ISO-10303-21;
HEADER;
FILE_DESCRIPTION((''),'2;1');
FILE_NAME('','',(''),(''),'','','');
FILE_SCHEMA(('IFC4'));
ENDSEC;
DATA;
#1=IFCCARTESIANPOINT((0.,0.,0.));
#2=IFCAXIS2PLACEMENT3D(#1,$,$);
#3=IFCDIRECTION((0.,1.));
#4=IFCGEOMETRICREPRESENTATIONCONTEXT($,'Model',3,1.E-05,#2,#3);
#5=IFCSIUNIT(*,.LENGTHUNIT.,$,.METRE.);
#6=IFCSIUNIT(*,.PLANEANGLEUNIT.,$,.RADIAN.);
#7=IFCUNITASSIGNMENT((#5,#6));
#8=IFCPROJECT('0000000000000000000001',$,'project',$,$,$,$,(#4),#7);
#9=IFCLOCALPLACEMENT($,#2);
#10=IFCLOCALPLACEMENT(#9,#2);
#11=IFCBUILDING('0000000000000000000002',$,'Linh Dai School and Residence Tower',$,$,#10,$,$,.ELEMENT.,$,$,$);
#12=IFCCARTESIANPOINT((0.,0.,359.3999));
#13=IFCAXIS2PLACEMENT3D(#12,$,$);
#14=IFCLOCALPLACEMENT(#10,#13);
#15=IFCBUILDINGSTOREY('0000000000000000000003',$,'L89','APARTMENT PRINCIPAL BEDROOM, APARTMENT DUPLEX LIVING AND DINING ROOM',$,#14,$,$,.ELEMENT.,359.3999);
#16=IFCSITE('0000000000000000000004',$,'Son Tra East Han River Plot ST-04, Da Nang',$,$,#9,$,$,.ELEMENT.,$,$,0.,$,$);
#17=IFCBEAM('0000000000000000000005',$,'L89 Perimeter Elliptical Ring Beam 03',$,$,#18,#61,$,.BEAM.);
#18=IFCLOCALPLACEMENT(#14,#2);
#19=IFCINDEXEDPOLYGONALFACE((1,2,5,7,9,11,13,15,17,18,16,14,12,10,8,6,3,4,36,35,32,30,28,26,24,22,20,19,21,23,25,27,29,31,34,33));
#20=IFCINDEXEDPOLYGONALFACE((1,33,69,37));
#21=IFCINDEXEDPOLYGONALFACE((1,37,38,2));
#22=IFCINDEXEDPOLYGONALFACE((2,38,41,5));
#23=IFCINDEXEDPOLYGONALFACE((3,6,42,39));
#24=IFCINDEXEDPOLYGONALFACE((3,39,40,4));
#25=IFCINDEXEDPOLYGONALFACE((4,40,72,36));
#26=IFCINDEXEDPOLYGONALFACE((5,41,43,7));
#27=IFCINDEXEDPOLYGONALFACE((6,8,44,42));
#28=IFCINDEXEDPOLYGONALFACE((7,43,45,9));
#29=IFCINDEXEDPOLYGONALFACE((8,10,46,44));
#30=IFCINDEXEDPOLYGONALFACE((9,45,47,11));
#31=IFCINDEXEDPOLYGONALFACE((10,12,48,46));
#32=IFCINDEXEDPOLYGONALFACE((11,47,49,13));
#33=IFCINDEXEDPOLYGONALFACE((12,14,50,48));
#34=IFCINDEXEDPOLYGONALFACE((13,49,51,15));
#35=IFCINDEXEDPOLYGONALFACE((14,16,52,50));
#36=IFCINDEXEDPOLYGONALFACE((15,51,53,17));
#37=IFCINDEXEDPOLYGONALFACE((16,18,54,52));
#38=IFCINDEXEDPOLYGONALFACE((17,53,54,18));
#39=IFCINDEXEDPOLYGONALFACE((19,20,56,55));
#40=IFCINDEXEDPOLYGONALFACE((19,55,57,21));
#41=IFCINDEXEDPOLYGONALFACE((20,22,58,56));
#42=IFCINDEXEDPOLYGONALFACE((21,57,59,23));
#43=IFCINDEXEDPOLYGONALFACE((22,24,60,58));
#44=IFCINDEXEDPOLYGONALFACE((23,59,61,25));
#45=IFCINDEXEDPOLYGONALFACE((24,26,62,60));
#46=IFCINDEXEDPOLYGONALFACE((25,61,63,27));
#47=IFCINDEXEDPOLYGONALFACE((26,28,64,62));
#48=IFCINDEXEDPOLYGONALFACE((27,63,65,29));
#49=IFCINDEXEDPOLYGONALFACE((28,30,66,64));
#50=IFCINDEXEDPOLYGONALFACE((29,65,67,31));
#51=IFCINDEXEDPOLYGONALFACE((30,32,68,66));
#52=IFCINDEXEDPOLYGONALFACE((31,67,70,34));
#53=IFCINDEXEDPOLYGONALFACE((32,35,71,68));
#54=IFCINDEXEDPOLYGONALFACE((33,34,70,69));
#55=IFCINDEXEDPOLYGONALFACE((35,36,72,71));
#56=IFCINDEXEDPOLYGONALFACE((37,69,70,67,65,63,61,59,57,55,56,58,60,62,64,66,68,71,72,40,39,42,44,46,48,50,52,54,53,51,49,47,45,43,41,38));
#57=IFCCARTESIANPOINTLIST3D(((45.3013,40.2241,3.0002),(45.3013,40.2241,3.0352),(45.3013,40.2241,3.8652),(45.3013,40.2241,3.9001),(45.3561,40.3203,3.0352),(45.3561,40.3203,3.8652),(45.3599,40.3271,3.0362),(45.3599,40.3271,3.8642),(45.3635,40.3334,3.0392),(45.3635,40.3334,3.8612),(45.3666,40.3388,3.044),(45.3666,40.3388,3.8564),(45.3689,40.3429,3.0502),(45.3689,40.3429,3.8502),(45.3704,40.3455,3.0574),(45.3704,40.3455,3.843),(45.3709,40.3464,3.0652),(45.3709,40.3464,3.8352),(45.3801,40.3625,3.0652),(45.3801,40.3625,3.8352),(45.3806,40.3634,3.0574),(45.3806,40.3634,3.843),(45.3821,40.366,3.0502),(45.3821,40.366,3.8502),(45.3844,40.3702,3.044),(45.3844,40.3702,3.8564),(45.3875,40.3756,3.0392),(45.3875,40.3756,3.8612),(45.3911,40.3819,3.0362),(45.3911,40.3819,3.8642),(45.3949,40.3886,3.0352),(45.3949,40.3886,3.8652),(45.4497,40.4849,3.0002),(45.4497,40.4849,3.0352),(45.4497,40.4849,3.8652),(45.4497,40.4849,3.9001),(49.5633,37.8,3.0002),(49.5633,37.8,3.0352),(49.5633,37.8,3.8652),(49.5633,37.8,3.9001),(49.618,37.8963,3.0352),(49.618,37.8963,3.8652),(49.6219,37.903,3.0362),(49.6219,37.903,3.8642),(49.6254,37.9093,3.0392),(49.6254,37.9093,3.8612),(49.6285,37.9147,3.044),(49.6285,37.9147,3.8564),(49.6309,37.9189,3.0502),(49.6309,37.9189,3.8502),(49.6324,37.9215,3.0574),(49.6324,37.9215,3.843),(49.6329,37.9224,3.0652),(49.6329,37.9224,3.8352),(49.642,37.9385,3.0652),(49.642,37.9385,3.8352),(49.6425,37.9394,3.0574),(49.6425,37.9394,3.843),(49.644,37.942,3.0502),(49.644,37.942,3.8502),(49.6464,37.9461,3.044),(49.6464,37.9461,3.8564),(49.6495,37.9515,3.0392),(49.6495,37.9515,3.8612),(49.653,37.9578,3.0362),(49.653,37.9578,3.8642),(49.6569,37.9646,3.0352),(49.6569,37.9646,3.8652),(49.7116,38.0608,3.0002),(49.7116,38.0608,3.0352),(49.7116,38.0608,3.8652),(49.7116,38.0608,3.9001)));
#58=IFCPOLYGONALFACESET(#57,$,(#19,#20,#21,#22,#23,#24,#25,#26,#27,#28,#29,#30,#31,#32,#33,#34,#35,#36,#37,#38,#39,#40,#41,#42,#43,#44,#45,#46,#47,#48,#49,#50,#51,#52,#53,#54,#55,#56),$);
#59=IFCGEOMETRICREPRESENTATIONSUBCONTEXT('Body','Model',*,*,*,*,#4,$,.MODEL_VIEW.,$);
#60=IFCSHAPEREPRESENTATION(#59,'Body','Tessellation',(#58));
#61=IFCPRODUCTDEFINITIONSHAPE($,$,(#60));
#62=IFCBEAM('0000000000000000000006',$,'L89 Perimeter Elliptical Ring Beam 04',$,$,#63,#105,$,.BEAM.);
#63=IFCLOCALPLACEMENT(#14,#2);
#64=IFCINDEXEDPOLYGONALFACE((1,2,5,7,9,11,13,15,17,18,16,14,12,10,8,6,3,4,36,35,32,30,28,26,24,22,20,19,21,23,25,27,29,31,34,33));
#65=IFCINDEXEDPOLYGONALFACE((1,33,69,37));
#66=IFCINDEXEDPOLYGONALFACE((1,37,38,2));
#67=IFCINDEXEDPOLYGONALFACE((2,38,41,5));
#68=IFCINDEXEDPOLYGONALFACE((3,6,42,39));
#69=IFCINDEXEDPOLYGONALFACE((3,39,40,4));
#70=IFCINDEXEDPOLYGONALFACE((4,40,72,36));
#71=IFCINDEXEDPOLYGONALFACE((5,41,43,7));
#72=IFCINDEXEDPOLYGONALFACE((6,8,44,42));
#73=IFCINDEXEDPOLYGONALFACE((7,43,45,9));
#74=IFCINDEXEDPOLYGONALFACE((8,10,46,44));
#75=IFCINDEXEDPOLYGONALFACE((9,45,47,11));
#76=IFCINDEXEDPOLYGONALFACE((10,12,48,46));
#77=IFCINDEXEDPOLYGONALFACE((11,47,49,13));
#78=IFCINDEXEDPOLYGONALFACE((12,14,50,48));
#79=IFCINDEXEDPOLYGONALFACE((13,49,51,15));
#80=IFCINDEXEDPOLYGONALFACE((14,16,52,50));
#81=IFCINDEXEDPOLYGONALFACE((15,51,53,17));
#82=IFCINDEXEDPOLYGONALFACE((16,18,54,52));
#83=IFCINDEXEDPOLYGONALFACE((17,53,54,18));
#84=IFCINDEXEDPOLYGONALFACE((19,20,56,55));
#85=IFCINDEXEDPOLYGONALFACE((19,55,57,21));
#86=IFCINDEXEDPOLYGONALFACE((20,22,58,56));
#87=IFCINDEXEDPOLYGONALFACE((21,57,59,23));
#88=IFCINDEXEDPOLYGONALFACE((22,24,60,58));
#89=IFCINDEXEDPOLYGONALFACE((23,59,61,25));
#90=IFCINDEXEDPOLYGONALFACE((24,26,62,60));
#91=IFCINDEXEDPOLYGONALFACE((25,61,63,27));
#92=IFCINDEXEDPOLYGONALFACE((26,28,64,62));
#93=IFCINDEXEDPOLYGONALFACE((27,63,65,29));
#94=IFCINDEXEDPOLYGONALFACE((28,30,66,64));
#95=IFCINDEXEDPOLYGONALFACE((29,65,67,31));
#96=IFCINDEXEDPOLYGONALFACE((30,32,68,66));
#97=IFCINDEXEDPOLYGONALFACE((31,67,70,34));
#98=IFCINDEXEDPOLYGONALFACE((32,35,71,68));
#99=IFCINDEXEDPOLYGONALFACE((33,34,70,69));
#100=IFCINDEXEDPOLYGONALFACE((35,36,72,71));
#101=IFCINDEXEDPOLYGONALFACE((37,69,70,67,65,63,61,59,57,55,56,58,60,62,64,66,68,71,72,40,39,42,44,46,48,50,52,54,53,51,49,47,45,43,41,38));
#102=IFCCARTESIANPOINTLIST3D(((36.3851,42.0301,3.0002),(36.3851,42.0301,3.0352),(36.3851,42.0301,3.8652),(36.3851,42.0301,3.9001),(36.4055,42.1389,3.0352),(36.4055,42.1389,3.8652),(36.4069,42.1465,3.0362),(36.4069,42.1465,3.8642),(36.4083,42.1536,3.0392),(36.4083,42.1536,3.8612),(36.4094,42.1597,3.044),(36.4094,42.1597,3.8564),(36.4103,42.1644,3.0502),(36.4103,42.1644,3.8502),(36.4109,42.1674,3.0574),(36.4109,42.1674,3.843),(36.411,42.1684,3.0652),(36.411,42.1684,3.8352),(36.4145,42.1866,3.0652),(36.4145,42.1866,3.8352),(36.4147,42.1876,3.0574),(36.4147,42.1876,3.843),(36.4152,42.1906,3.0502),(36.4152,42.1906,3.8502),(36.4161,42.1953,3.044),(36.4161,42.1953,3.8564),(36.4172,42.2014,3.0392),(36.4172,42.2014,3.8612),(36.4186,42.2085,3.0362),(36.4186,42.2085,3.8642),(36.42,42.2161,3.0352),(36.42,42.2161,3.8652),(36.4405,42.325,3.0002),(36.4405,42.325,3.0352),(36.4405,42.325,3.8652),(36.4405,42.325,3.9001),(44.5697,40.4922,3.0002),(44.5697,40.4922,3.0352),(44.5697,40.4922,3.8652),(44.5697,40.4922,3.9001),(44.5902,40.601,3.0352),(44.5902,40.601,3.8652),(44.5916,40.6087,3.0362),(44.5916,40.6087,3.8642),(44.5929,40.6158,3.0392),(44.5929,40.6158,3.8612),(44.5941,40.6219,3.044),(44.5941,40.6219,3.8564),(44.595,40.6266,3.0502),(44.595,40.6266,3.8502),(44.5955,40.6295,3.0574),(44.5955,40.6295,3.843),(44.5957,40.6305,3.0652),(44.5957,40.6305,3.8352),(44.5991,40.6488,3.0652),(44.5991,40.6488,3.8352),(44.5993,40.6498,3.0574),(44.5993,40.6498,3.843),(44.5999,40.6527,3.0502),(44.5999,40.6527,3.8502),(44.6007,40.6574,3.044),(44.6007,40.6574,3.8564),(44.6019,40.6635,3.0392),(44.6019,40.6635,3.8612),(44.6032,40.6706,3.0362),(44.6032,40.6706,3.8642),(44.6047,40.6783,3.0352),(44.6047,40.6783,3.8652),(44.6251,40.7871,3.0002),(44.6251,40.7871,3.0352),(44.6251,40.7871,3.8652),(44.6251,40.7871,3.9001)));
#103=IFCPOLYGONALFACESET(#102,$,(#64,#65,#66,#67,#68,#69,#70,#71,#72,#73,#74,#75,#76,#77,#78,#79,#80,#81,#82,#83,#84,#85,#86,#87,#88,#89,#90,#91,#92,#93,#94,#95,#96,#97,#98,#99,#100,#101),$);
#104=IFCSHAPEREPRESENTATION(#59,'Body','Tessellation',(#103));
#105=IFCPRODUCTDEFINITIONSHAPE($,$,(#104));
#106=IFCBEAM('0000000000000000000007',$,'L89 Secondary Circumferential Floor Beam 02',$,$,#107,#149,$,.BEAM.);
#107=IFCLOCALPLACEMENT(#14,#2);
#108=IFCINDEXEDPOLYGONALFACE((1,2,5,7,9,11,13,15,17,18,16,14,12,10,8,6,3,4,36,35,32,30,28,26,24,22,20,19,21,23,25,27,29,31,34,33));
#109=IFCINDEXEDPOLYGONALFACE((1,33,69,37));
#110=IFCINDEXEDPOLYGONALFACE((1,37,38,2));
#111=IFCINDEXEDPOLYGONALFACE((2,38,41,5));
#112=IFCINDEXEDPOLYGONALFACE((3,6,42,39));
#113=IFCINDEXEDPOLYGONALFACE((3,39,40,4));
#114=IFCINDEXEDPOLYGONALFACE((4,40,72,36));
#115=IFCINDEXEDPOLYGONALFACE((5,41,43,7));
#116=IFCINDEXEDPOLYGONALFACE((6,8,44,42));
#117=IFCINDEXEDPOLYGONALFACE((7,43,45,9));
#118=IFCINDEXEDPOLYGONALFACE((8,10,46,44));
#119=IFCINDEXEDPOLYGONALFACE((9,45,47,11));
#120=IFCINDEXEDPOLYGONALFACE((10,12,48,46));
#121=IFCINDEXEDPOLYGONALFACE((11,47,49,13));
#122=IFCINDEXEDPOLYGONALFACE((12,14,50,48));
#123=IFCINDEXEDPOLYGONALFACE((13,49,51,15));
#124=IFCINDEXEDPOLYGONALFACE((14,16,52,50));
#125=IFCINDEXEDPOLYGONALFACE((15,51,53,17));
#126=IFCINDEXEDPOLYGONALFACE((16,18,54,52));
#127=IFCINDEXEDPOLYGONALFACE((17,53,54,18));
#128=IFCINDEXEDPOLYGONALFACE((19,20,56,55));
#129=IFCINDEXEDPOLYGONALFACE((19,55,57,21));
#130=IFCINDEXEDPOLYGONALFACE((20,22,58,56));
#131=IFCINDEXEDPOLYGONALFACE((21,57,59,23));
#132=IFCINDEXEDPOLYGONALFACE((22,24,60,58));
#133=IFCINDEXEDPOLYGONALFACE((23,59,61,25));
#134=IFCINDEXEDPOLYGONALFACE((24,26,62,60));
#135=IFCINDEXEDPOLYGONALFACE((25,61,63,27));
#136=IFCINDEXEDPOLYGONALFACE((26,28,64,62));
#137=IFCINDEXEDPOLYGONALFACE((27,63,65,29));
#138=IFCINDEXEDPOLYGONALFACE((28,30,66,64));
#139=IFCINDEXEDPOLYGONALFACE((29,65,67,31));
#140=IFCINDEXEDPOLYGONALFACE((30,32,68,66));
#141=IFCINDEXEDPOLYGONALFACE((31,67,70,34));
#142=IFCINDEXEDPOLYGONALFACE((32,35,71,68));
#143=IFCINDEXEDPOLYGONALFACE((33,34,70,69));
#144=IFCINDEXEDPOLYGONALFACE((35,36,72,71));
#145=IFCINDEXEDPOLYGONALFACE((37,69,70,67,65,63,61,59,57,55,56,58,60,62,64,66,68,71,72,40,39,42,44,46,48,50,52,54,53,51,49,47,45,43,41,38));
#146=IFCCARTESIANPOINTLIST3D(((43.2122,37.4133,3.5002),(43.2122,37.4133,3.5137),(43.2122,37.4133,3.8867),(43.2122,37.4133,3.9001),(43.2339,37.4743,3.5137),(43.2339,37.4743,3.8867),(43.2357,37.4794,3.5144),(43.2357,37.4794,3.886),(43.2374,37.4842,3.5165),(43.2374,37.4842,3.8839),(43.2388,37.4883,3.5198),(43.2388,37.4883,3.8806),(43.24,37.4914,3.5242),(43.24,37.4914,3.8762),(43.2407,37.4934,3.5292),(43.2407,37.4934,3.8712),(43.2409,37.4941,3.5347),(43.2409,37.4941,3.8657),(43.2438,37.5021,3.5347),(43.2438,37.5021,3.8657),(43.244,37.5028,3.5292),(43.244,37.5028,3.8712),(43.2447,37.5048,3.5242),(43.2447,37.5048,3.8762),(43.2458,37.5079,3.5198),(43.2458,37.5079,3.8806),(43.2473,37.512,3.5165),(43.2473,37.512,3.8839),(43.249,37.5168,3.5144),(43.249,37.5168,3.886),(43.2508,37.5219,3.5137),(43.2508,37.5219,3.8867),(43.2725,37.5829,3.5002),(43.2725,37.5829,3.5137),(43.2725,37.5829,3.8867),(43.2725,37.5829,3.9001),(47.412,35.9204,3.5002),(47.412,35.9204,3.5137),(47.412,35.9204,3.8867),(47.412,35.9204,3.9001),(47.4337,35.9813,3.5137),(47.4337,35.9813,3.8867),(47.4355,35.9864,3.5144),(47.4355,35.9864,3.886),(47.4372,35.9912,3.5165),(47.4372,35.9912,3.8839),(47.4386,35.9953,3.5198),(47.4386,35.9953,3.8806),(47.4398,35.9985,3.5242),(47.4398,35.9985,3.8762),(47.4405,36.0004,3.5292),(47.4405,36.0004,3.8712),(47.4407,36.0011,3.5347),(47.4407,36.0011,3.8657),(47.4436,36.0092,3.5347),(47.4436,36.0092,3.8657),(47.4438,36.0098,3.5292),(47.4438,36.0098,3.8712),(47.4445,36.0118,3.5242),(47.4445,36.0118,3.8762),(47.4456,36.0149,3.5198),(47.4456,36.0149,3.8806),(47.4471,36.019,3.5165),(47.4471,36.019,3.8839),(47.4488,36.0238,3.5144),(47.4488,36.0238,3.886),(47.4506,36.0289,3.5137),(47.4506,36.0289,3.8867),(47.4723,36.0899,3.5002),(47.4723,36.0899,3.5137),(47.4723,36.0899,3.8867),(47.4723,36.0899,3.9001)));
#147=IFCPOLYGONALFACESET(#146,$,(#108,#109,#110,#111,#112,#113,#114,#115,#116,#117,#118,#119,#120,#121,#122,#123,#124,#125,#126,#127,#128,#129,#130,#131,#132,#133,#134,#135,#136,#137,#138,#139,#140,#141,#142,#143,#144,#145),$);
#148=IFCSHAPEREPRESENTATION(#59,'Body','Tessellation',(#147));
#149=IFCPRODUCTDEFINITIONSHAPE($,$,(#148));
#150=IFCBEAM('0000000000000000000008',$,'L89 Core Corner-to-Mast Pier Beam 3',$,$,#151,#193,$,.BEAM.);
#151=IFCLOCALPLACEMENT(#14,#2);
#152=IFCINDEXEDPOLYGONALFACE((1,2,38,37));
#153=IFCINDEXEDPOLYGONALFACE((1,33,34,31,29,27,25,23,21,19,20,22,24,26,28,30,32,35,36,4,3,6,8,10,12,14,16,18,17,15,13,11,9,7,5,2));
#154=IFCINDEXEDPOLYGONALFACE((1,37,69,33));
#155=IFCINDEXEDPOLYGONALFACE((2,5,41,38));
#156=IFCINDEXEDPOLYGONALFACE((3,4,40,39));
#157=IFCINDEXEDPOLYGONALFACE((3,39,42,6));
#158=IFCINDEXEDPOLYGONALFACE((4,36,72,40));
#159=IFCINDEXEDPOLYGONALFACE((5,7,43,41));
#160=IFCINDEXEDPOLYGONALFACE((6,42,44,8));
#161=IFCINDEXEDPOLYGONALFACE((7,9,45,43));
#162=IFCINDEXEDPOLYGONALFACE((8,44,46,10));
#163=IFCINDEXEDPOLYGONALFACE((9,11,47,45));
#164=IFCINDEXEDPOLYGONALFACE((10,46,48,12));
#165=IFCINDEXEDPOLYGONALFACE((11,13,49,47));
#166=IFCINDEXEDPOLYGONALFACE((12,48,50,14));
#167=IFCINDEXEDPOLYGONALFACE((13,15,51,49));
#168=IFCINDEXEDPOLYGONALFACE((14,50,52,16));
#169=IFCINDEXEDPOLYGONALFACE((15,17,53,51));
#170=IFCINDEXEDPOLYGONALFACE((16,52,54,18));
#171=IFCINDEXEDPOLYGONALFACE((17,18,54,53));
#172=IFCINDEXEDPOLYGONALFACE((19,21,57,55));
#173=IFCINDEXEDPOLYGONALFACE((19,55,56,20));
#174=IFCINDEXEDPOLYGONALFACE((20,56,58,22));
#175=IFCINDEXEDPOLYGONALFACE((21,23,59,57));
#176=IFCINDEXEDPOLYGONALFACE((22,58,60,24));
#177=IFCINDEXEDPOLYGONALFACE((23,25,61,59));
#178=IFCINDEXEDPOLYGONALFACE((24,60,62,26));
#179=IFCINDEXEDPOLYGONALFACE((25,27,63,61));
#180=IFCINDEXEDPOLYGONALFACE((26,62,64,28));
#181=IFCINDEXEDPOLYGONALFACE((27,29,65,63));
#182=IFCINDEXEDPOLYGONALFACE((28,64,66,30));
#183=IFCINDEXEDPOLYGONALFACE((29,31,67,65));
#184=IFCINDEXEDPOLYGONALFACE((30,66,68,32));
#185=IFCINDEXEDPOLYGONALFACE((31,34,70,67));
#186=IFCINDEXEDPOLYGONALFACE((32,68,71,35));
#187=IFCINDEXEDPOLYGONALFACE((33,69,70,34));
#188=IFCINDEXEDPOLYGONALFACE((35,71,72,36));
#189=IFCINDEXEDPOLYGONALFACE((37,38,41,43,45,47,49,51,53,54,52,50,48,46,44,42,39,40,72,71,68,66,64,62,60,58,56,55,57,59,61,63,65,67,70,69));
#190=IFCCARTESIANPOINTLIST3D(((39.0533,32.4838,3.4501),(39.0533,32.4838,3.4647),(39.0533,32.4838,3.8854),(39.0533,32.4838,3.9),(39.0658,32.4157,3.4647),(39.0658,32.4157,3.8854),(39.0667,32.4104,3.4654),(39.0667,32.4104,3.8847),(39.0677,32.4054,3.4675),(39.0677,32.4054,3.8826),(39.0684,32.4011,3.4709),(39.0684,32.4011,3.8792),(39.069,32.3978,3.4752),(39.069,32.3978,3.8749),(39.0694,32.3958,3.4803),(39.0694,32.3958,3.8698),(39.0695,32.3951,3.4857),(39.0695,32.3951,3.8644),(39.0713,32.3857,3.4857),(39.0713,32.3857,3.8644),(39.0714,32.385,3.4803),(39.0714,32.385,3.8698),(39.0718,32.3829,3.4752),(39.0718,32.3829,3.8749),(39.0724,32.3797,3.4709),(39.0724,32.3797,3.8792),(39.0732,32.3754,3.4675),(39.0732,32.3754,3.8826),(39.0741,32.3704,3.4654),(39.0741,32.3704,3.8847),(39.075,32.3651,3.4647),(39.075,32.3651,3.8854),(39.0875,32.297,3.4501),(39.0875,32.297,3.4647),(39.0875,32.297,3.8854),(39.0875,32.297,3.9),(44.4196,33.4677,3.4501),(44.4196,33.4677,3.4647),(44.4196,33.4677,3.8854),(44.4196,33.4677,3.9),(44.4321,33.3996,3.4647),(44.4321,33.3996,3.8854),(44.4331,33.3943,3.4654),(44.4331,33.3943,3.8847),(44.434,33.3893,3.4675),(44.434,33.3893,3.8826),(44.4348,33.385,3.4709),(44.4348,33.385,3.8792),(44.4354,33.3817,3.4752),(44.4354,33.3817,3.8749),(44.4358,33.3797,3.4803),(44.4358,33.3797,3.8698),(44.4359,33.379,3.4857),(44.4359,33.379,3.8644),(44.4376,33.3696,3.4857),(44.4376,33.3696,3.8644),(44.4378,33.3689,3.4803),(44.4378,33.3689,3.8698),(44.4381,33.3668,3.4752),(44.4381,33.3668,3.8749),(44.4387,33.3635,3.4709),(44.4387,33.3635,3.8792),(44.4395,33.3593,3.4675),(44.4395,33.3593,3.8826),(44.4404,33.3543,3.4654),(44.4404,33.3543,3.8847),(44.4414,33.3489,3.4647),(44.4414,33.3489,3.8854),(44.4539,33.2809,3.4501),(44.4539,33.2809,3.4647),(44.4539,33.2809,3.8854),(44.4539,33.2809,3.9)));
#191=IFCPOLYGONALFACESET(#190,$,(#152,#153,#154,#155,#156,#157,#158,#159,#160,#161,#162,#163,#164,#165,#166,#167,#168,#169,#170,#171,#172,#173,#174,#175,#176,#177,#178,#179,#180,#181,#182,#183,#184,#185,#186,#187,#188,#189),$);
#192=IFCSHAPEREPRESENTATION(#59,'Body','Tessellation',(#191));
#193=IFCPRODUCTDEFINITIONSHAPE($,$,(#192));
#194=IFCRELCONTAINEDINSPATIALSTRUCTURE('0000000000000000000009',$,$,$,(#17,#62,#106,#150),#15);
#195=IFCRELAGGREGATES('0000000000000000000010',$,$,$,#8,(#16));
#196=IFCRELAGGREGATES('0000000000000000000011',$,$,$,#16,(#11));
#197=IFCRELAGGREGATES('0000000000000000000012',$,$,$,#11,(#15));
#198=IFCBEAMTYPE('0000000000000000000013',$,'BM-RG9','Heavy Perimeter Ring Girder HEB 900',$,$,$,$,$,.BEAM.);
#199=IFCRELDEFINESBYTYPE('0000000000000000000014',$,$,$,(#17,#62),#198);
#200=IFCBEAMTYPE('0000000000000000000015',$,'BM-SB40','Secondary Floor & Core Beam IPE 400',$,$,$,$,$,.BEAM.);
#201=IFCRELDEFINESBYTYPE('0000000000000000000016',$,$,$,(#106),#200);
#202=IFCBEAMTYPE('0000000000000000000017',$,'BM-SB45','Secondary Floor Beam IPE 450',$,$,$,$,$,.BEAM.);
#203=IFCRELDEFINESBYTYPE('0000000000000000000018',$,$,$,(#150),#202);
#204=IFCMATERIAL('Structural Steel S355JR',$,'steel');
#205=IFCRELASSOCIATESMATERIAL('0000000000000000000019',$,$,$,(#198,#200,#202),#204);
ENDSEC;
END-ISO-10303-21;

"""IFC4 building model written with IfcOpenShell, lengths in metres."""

from ifc_helpers import new_model, si_unit, direction, frame, origin, origin_2d, place, context, subcontext, project, spatial, i_section, extrude, material, material_profile, profile_set, type_object, element, save


model = new_model("IFC4")

# Units and contexts
model_context = context("Model", 3, precision=1e-05, world=origin(), true_north=direction((0.0, 1.0)))
body_context = subcontext(model_context, "Body", "Model", "MODEL_VIEW")
ifc_project = project(units=[si_unit("LENGTHUNIT", "METRE"), si_unit("PLANEANGLEUNIT", "RADIAN")], contexts=[model_context])

# Site, building, storey
site_placement = place(None, origin())
site = spatial("IfcSite", under=ifc_project, at=site_placement, Name="Son Tra East Han River Plot ST-04, Da Nang", CompositionType="ELEMENT", RefElevation=0.0)
building_placement = place(site_placement, origin())
building = spatial("IfcBuilding", under=site, at=building_placement, Name="Linh Dai School and Residence Tower", CompositionType="ELEMENT")
storey_placement = place(building_placement, frame((0.0, 0.0, 359.3999)))
storey = spatial("IfcBuildingStorey", under=building, at=storey_placement, Name="L89", Description="APARTMENT PRINCIPAL BEDROOM, APARTMENT DUPLEX LIVING AND DINING ROOM", CompositionType="ELEMENT", Elevation=359.3999)

# Shared definitions
ifc_material_1 = material(Name="Structural Steel S355JR", Category="steel")

# Beams
ifc_material_profile_1 = material_profile(ifc_material_1, i_section(OverallWidth=0.3, OverallDepth=0.8999, WebThickness=0.0186, FlangeThickness=0.0349, FilletRadius=0.03, at=origin_2d()), Name="HEB 900")
ifc_profile_set_1 = profile_set([ifc_material_profile_1], Name="Structural Steel S355JR")
beam_type_1 = type_object("IfcBeamType", Name="BM-RG9", Description="Heavy Perimeter Ring Girder HEB 900", PredefinedType="BEAM", material=ifc_profile_set_1)
beam_1_placement = place(storey_placement, frame((49.6375, 37.9304, 3.4502), z_axis=(-0.869237, 0.494395, 0.0), x_axis=(-0.494395, -0.869237, 0.0)))
element("IfcBeam", 1, at=beam_1_placement, inside=storey, type_object=beam_type_1, Name="L89 Perimeter Elliptical Ring Beam 03", PredefinedType="BEAM", context=body_context, shape_type="SweptSolid", body=[
    extrude(i_section(OverallWidth=0.3, OverallDepth=0.8999, WebThickness=0.0186, FlangeThickness=0.0349, FilletRadius=0.03, at=origin_2d()), origin(), (0.0, 0.0, 1.0), 4.9031),
])
beam_2_placement = place(storey_placement, frame((44.5974, 40.6396, 3.4502), z_axis=(-0.982802, 0.184664, 0.0), x_axis=(-0.184664, -0.982802, 0.0)))
element("IfcBeam", 2, at=beam_2_placement, inside=storey, type_object=beam_type_1, Name="L89 Perimeter Elliptical Ring Beam 04", PredefinedType="BEAM", context=body_context, shape_type="SweptSolid", body=[
    extrude(i_section(OverallWidth=0.3, OverallDepth=0.8999, WebThickness=0.0186, FlangeThickness=0.0349, FilletRadius=0.03, at=origin_2d()), origin(), (0.0, 0.0, 1.0), 8.3279),
])
ifc_material_profile_2 = material_profile(ifc_material_1, i_section(OverallWidth=0.1799, OverallDepth=0.3999, WebThickness=0.0085, FlangeThickness=0.0134, FilletRadius=0.021, at=origin_2d()), Name="IPE 400")
ifc_profile_set_2 = profile_set([ifc_material_profile_2], Name="Structural Steel S355JR")
beam_type_2 = type_object("IfcBeamType", Name="BM-SB40", Description="Secondary Floor & Core Beam IPE 400", PredefinedType="BEAM", material=ifc_profile_set_2)
beam_3_placement = place(storey_placement, frame((47.4421, 36.0051, 3.7002), z_axis=(-0.942237, 0.334948, 0.0), x_axis=(-0.334948, -0.942237, 0.0)))
element("IfcBeam", 3, at=beam_3_placement, inside=storey, type_object=beam_type_2, Name="L89 Secondary Circumferential Floor Beam 02", PredefinedType="BEAM", context=body_context, shape_type="SweptSolid", body=[
    extrude(i_section(OverallWidth=0.1799, OverallDepth=0.3999, WebThickness=0.0085, FlangeThickness=0.0134, FilletRadius=0.021, at=origin_2d()), origin(), (0.0, 0.0, 1.0), 4.4573),
])
ifc_material_profile_3 = material_profile(ifc_material_1, i_section(OverallWidth=0.1899, OverallDepth=0.45, WebThickness=0.0095, FlangeThickness=0.0146, FilletRadius=0.021, at=origin_2d()), Name="IPE 450")
ifc_profile_set_3 = profile_set([ifc_material_profile_3], Name="Structural Steel S355JR")
beam_type_3 = type_object("IfcBeamType", Name="BM-SB45", Description="Secondary Floor Beam IPE 450", PredefinedType="BEAM", material=ifc_profile_set_3)
beam_4_placement = place(storey_placement, frame((44.4368, 33.3743, 3.675), z_axis=(-0.983605, -0.180334, 0.0), x_axis=(0.180334, -0.983605, 0.0)))
element("IfcBeam", 4, at=beam_4_placement, inside=storey, type_object=beam_type_3, Name="L89 Core Corner-to-Mast Pier Beam 3", PredefinedType="BEAM", context=body_context, shape_type="SweptSolid", body=[
    extrude(i_section(OverallWidth=0.1899, OverallDepth=0.45, WebThickness=0.0095, FlangeThickness=0.0146, FilletRadius=0.021, at=origin_2d()), origin(), (0.0, 0.0, 1.0), 5.4558),
])

save(model, "model.ifc")
